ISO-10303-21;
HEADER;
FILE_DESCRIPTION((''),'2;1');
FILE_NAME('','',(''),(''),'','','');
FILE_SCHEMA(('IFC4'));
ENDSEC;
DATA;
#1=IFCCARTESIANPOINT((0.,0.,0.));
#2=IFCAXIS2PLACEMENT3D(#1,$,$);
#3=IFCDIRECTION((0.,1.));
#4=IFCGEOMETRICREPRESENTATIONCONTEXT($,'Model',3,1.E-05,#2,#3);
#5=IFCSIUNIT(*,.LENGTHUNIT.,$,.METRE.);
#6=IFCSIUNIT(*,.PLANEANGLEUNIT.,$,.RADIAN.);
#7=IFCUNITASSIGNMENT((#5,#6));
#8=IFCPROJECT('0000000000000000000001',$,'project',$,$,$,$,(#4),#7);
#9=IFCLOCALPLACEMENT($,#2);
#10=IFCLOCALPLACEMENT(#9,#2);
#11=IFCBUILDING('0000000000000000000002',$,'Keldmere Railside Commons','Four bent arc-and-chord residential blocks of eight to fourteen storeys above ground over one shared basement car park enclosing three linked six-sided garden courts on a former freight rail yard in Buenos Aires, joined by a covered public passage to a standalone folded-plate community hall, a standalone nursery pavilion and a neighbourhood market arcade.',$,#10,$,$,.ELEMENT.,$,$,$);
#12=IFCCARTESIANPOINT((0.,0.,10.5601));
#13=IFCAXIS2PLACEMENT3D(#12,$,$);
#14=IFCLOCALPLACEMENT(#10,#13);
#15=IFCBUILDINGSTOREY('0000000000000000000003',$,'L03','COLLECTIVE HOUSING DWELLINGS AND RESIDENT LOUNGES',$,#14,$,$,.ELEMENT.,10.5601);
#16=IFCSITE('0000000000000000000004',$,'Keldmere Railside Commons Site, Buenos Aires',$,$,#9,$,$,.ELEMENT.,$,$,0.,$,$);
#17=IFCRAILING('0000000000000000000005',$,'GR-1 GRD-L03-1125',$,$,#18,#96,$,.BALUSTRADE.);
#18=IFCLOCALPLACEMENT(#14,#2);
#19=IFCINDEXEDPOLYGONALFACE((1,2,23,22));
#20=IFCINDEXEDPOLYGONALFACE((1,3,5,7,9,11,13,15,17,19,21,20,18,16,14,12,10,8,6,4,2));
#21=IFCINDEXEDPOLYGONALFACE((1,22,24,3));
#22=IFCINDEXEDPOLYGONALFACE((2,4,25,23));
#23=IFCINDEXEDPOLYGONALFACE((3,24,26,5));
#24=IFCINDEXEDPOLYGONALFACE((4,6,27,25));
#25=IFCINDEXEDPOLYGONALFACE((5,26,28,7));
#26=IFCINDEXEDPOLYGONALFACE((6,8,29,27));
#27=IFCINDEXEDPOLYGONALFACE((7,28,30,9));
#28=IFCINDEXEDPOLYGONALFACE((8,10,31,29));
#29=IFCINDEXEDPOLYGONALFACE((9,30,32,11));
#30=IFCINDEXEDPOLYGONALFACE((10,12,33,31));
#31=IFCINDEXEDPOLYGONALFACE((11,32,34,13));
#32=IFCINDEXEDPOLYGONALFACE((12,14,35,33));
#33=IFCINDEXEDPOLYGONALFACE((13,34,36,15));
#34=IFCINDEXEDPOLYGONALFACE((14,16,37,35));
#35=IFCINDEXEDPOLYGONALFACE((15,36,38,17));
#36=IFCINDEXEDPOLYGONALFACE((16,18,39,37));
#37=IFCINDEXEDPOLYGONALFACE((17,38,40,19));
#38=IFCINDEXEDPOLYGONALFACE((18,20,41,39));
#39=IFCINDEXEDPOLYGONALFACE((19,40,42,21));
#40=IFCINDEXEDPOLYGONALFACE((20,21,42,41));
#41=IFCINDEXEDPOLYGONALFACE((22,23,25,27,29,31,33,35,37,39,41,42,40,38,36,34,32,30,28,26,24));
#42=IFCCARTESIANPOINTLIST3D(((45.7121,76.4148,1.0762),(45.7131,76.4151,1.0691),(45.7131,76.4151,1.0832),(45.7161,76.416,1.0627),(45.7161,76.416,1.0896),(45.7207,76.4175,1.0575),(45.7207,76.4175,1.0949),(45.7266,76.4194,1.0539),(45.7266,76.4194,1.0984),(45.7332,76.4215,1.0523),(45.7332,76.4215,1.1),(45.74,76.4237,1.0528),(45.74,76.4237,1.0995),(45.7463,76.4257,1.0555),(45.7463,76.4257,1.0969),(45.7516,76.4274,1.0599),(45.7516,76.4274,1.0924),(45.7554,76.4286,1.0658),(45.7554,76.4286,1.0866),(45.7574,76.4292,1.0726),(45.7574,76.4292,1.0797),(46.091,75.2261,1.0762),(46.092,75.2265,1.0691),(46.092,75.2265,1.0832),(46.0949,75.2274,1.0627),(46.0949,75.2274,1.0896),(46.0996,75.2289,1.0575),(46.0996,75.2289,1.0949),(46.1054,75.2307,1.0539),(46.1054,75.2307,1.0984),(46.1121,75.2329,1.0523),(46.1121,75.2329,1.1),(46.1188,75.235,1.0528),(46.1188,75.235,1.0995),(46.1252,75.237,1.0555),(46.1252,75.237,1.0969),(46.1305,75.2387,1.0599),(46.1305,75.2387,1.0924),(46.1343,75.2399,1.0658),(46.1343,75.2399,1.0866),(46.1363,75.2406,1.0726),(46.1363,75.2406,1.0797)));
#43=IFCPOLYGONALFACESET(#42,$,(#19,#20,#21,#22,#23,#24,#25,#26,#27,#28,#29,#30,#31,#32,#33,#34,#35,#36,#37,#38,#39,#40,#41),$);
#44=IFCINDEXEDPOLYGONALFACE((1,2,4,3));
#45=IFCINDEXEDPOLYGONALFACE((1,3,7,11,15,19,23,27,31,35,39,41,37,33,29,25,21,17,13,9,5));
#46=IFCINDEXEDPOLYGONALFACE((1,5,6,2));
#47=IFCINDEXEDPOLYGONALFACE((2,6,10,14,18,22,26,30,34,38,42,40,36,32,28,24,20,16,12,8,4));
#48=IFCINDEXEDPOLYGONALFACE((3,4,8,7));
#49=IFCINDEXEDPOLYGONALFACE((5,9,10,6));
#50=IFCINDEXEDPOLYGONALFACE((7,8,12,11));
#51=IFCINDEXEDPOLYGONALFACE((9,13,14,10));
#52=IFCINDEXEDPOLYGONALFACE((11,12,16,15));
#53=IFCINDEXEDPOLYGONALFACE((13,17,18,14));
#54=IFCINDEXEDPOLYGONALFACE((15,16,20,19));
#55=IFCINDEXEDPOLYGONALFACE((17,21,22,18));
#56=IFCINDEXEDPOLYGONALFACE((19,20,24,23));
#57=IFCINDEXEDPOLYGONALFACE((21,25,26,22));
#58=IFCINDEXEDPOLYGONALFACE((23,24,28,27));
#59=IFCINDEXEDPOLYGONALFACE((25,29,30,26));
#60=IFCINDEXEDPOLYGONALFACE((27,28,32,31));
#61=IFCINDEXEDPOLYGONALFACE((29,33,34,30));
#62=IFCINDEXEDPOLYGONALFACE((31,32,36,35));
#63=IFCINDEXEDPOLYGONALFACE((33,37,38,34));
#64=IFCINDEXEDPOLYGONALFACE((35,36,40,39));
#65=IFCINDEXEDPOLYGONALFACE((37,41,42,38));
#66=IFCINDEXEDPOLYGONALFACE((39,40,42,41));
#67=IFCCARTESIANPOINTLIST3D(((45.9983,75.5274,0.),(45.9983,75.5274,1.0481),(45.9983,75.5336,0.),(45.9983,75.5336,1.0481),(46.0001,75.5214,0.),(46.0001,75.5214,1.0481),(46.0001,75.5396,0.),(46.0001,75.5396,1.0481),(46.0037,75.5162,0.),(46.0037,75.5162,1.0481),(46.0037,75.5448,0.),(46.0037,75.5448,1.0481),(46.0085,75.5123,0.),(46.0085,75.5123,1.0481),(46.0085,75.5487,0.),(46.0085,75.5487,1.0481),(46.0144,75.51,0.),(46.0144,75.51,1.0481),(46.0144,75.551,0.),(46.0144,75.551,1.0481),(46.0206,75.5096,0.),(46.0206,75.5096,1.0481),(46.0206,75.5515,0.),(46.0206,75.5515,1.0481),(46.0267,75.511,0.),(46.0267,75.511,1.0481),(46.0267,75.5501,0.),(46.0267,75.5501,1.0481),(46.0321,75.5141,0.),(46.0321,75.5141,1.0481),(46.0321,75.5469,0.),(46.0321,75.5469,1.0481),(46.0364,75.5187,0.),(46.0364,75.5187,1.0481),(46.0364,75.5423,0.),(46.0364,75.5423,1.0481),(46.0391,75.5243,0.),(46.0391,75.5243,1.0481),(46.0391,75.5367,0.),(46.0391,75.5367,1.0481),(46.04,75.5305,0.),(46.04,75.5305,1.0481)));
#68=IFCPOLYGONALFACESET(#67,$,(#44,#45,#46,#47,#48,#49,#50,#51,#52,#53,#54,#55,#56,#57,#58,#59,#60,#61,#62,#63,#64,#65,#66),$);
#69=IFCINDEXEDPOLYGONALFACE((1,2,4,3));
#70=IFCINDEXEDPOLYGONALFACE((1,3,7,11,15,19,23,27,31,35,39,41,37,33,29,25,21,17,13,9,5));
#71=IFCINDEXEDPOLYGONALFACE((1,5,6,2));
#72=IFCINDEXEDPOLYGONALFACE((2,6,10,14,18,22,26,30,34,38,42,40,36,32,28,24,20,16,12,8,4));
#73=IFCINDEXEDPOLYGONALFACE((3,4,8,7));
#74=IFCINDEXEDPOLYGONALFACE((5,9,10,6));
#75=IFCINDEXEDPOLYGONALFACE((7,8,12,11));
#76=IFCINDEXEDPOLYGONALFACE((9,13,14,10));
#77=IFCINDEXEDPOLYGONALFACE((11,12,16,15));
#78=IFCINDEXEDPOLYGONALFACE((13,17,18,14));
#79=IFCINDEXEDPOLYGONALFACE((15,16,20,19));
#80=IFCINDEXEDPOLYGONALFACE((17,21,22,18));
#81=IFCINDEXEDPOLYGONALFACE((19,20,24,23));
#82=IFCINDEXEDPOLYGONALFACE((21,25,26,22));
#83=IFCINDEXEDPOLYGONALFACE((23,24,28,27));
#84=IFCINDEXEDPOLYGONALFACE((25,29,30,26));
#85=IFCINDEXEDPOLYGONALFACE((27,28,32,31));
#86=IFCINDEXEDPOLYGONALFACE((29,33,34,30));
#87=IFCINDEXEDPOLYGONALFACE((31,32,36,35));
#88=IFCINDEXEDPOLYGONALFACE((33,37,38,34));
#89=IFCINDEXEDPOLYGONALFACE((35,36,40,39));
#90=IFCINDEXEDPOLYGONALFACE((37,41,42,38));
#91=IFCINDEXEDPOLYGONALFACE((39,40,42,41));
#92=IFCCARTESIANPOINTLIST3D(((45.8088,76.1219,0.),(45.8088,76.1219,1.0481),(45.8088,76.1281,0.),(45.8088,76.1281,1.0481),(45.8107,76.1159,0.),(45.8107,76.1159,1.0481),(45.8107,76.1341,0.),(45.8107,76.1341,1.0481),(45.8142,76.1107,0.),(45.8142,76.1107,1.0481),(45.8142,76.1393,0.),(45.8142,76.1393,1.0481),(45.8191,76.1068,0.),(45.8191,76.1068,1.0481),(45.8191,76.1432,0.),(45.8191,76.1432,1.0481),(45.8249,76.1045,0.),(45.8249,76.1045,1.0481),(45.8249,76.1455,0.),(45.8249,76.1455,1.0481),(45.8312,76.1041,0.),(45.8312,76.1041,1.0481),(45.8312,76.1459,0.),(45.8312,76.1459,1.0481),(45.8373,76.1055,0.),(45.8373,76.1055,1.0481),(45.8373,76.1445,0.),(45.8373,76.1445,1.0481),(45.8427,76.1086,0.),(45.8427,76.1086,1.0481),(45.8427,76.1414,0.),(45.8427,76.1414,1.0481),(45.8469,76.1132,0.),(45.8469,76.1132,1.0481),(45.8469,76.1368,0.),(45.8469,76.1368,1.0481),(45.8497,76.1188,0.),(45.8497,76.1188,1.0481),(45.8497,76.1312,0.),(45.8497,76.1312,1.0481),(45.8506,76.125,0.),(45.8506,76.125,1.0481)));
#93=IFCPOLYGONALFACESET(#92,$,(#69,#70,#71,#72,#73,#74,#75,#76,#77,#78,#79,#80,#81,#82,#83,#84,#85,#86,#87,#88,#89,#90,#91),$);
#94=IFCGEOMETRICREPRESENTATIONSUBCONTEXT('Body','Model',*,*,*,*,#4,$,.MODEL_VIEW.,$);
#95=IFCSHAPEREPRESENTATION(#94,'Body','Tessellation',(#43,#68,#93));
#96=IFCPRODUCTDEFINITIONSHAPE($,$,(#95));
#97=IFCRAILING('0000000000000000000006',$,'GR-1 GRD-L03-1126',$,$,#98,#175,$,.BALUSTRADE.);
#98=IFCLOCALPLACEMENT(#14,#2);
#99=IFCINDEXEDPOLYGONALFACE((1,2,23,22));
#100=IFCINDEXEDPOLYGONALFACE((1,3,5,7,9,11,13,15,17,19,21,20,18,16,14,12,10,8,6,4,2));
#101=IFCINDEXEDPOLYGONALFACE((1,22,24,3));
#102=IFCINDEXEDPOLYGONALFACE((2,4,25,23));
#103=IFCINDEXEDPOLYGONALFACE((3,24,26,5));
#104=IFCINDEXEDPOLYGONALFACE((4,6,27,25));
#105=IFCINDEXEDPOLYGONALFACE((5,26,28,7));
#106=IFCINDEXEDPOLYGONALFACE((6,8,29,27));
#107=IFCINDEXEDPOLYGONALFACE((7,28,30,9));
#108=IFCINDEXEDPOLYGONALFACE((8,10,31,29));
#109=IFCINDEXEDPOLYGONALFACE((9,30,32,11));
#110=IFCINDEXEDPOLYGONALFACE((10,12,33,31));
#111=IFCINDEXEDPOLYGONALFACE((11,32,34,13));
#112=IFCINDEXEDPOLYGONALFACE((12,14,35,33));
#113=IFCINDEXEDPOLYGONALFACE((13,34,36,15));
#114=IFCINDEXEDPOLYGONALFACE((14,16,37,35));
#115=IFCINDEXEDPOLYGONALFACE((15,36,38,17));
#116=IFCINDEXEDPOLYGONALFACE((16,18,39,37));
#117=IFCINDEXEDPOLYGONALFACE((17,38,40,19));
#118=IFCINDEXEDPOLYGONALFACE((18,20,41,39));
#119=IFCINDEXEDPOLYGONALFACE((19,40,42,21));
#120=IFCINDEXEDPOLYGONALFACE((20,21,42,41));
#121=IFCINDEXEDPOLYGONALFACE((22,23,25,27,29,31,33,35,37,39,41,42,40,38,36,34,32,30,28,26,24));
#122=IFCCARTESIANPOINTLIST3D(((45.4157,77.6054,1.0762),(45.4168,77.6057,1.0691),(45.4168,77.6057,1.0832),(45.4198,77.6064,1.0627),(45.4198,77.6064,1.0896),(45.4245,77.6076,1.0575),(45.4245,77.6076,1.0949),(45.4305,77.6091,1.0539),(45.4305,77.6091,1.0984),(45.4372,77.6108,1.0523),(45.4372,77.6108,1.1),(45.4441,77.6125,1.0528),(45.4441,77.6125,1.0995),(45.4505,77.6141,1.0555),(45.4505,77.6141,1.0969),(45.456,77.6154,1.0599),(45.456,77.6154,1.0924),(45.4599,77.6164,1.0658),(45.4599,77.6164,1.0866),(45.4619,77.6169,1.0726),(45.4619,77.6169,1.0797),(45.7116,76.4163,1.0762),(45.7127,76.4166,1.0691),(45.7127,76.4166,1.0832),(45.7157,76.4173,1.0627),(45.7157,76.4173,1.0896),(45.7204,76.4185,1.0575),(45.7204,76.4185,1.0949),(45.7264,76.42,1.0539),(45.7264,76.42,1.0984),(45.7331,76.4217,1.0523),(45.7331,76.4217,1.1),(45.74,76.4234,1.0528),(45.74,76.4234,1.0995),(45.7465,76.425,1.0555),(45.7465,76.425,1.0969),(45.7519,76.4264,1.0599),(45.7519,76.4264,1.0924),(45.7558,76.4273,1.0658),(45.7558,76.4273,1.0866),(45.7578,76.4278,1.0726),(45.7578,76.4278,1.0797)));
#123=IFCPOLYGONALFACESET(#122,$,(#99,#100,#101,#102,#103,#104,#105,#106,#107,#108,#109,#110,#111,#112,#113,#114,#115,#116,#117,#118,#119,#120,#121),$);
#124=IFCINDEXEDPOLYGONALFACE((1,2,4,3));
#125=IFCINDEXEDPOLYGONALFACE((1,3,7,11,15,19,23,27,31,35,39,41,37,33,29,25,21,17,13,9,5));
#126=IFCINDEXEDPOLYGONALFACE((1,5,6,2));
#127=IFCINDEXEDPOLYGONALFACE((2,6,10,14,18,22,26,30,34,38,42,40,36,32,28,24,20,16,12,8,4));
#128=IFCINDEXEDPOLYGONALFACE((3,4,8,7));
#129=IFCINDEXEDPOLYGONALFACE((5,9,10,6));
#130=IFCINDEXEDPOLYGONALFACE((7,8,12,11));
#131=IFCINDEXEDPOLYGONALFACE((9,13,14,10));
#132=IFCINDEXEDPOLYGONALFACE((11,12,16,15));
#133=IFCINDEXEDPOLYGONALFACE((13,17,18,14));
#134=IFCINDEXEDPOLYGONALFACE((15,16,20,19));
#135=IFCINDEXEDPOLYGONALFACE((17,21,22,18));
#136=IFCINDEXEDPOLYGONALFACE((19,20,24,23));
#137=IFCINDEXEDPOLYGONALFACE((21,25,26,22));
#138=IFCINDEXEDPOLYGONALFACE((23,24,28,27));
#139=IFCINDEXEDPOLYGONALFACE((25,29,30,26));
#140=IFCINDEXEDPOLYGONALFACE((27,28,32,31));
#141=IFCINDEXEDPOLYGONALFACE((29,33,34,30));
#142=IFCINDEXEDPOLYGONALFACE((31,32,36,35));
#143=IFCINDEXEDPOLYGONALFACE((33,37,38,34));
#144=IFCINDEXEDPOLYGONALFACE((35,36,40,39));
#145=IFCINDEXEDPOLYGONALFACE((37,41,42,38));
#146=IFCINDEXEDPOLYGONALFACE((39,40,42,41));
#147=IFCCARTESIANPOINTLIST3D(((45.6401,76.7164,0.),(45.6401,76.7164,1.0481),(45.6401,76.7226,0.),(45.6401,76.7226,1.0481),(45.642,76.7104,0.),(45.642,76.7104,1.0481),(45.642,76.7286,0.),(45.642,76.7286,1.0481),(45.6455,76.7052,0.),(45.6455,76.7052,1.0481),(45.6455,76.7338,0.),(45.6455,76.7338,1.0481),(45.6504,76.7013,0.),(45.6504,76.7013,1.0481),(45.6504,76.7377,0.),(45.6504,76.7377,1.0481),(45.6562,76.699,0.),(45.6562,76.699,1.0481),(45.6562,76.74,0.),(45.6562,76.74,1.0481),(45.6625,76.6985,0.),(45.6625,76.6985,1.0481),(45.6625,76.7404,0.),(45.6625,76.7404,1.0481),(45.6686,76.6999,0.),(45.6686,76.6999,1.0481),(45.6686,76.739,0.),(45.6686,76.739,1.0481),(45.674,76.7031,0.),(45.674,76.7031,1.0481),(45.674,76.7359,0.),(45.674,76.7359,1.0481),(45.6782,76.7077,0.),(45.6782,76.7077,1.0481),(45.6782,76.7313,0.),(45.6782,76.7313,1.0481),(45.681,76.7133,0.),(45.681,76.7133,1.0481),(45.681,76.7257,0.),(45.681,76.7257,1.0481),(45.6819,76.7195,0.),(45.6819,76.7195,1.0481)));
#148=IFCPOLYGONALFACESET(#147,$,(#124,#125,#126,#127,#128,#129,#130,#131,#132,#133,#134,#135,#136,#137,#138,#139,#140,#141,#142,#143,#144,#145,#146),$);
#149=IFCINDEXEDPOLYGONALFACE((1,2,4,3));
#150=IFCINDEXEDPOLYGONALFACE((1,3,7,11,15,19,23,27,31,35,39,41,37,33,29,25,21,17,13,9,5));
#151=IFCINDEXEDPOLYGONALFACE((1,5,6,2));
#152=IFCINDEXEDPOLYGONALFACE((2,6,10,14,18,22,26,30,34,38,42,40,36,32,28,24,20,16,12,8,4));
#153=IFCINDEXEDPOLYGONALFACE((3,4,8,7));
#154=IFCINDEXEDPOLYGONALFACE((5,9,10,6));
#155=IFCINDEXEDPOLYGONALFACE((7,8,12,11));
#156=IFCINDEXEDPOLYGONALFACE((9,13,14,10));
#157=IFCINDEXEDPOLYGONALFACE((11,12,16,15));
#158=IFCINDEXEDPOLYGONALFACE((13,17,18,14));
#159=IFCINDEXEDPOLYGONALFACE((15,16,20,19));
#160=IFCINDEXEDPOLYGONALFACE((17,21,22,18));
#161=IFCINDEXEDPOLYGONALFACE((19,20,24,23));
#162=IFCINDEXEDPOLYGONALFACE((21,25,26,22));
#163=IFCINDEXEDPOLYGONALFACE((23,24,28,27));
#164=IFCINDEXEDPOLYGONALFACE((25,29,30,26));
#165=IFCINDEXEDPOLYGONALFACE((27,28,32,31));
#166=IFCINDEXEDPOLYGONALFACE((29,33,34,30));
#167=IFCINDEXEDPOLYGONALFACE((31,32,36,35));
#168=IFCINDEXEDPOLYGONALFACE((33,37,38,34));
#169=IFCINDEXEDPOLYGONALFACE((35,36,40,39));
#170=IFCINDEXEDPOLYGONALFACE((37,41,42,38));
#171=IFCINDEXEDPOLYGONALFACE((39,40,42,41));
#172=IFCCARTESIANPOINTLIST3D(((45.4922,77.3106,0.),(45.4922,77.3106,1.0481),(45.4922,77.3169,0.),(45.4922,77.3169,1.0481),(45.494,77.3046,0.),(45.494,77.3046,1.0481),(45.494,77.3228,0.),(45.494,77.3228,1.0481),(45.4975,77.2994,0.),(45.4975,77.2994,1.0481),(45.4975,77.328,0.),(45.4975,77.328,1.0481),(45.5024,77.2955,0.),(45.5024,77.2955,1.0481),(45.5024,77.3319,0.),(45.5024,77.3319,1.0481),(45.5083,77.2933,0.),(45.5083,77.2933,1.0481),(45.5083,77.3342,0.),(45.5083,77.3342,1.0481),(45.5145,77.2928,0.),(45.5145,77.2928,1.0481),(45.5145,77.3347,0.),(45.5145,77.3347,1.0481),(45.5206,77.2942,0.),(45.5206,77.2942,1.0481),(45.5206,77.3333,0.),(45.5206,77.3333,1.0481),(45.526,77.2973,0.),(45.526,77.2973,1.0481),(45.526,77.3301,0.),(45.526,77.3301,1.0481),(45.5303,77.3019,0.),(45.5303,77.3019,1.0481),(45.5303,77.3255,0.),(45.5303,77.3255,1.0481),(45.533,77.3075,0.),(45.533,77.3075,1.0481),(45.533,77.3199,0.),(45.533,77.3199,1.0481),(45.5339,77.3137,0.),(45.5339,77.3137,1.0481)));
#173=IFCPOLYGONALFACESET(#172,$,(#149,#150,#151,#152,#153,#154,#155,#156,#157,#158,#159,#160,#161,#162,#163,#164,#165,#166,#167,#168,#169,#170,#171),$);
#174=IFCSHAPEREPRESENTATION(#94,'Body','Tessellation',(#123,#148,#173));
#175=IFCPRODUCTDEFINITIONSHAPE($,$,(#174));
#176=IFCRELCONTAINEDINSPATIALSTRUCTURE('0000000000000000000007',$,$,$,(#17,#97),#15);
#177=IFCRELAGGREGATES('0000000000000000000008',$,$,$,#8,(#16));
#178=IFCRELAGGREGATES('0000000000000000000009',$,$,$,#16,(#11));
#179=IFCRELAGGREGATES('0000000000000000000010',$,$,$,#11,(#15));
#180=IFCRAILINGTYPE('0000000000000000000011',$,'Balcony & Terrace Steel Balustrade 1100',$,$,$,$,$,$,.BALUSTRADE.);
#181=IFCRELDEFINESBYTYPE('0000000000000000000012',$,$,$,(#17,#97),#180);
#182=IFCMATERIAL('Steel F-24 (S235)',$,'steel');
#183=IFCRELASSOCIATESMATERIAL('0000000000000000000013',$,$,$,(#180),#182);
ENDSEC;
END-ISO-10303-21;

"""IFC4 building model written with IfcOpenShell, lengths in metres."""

from ifc_helpers import new_model, si_unit, direction, frame, origin, origin_2d, place, context, subcontext, project, spatial, circle, extrude, material, type_object, element, save


model = new_model("IFC4")

# Units and contexts
model_context = context("Model", 3, precision=1e-05, world=origin(), true_north=direction((0.0, 1.0)))
body_context = subcontext(model_context, "Body", "Model", "MODEL_VIEW")
ifc_project = project(units=[si_unit("LENGTHUNIT", "METRE"), si_unit("PLANEANGLEUNIT", "RADIAN")], contexts=[model_context])

# Site, building, storey
site_placement = place(None, origin())
site = spatial("IfcSite", under=ifc_project, at=site_placement, Name="Keldmere Railside Commons Site, Buenos Aires", CompositionType="ELEMENT", RefElevation=0.0)
building_placement = place(site_placement, origin())
building = spatial("IfcBuilding", under=site, at=building_placement, Name="Keldmere Railside Commons", Description="Four bent arc-and-chord residential blocks of eight to fourteen storeys above ground over one shared basement car park enclosing three linked six-sided garden courts on a former freight rail yard in Buenos Aires, joined by a covered public passage to a standalone folded-plate community hall, a standalone nursery pavilion and a neighbourhood market arcade.", CompositionType="ELEMENT")
storey_placement = place(building_placement, frame((0.0, 0.0, 10.5601)))
storey = spatial("IfcBuildingStorey", under=building, at=storey_placement, Name="L03", Description="COLLECTIVE HOUSING DWELLINGS AND RESIDENT LOUNGES", CompositionType="ELEMENT", Elevation=10.5601)

# Railings
ifc_material_1 = material(Name="Steel F-24 (S235)", Category="steel")
railing_type = type_object("IfcRailingType", Name="Balcony & Terrace Steel Balustrade 1100", PredefinedType="BALUSTRADE", material=ifc_material_1)
railing_1_placement = place(storey_placement, frame((46.1138, 75.2334, 0.0)))
element("IfcRailing", 1, at=railing_1_placement, inside=storey, type_object=railing_type, Name="GR-1 GRD-L03-1125", PredefinedType="BALUSTRADE", context=body_context, shape_type="SweptSolid", body=[
    extrude(circle(Radius=0.0239, at=origin_2d()), frame((0.0, 0.0, 1.0762), z_axis=(-0.303696, 0.952769, 0.0), x_axis=(-0.952769, -0.303696, 0.0)), (0.0, 0.0, 1.0), 1.2476),
    extrude(circle(Radius=0.021, at=origin_2d()), frame((-0.0947, 0.2971, 0.0)), (0.0, 0.0, 1.0), 1.0481),
    extrude(circle(Radius=0.021, at=origin_2d()), frame((-0.2842, 0.8916, 0.0)), (0.0, 0.0, 1.0), 1.0481),
])
railing_2_placement = place(storey_placement, frame((45.7349, 76.4221, 0.0)))
element("IfcRailing", 2, at=railing_2_placement, inside=storey, type_object=railing_type, Name="GR-1 GRD-L03-1126", PredefinedType="BALUSTRADE", context=body_context, shape_type="SweptSolid", body=[
    extrude(circle(Radius=0.0239, at=origin_2d()), frame((0.0, 0.0, 1.0762), z_axis=(-0.241504, 0.9704, 0.0), x_axis=(-0.9704, -0.241504, 0.0)), (0.0, 0.0, 1.0), 1.2253),
    extrude(circle(Radius=0.021, at=origin_2d()), frame((-0.074, 0.2974, 0.0)), (0.0, 0.0, 1.0), 1.0481),
    extrude(circle(Radius=0.021, at=origin_2d()), frame((-0.2219, 0.8916, 0.0)), (0.0, 0.0, 1.0), 1.0481),
])

save(model, "model.ifc")
